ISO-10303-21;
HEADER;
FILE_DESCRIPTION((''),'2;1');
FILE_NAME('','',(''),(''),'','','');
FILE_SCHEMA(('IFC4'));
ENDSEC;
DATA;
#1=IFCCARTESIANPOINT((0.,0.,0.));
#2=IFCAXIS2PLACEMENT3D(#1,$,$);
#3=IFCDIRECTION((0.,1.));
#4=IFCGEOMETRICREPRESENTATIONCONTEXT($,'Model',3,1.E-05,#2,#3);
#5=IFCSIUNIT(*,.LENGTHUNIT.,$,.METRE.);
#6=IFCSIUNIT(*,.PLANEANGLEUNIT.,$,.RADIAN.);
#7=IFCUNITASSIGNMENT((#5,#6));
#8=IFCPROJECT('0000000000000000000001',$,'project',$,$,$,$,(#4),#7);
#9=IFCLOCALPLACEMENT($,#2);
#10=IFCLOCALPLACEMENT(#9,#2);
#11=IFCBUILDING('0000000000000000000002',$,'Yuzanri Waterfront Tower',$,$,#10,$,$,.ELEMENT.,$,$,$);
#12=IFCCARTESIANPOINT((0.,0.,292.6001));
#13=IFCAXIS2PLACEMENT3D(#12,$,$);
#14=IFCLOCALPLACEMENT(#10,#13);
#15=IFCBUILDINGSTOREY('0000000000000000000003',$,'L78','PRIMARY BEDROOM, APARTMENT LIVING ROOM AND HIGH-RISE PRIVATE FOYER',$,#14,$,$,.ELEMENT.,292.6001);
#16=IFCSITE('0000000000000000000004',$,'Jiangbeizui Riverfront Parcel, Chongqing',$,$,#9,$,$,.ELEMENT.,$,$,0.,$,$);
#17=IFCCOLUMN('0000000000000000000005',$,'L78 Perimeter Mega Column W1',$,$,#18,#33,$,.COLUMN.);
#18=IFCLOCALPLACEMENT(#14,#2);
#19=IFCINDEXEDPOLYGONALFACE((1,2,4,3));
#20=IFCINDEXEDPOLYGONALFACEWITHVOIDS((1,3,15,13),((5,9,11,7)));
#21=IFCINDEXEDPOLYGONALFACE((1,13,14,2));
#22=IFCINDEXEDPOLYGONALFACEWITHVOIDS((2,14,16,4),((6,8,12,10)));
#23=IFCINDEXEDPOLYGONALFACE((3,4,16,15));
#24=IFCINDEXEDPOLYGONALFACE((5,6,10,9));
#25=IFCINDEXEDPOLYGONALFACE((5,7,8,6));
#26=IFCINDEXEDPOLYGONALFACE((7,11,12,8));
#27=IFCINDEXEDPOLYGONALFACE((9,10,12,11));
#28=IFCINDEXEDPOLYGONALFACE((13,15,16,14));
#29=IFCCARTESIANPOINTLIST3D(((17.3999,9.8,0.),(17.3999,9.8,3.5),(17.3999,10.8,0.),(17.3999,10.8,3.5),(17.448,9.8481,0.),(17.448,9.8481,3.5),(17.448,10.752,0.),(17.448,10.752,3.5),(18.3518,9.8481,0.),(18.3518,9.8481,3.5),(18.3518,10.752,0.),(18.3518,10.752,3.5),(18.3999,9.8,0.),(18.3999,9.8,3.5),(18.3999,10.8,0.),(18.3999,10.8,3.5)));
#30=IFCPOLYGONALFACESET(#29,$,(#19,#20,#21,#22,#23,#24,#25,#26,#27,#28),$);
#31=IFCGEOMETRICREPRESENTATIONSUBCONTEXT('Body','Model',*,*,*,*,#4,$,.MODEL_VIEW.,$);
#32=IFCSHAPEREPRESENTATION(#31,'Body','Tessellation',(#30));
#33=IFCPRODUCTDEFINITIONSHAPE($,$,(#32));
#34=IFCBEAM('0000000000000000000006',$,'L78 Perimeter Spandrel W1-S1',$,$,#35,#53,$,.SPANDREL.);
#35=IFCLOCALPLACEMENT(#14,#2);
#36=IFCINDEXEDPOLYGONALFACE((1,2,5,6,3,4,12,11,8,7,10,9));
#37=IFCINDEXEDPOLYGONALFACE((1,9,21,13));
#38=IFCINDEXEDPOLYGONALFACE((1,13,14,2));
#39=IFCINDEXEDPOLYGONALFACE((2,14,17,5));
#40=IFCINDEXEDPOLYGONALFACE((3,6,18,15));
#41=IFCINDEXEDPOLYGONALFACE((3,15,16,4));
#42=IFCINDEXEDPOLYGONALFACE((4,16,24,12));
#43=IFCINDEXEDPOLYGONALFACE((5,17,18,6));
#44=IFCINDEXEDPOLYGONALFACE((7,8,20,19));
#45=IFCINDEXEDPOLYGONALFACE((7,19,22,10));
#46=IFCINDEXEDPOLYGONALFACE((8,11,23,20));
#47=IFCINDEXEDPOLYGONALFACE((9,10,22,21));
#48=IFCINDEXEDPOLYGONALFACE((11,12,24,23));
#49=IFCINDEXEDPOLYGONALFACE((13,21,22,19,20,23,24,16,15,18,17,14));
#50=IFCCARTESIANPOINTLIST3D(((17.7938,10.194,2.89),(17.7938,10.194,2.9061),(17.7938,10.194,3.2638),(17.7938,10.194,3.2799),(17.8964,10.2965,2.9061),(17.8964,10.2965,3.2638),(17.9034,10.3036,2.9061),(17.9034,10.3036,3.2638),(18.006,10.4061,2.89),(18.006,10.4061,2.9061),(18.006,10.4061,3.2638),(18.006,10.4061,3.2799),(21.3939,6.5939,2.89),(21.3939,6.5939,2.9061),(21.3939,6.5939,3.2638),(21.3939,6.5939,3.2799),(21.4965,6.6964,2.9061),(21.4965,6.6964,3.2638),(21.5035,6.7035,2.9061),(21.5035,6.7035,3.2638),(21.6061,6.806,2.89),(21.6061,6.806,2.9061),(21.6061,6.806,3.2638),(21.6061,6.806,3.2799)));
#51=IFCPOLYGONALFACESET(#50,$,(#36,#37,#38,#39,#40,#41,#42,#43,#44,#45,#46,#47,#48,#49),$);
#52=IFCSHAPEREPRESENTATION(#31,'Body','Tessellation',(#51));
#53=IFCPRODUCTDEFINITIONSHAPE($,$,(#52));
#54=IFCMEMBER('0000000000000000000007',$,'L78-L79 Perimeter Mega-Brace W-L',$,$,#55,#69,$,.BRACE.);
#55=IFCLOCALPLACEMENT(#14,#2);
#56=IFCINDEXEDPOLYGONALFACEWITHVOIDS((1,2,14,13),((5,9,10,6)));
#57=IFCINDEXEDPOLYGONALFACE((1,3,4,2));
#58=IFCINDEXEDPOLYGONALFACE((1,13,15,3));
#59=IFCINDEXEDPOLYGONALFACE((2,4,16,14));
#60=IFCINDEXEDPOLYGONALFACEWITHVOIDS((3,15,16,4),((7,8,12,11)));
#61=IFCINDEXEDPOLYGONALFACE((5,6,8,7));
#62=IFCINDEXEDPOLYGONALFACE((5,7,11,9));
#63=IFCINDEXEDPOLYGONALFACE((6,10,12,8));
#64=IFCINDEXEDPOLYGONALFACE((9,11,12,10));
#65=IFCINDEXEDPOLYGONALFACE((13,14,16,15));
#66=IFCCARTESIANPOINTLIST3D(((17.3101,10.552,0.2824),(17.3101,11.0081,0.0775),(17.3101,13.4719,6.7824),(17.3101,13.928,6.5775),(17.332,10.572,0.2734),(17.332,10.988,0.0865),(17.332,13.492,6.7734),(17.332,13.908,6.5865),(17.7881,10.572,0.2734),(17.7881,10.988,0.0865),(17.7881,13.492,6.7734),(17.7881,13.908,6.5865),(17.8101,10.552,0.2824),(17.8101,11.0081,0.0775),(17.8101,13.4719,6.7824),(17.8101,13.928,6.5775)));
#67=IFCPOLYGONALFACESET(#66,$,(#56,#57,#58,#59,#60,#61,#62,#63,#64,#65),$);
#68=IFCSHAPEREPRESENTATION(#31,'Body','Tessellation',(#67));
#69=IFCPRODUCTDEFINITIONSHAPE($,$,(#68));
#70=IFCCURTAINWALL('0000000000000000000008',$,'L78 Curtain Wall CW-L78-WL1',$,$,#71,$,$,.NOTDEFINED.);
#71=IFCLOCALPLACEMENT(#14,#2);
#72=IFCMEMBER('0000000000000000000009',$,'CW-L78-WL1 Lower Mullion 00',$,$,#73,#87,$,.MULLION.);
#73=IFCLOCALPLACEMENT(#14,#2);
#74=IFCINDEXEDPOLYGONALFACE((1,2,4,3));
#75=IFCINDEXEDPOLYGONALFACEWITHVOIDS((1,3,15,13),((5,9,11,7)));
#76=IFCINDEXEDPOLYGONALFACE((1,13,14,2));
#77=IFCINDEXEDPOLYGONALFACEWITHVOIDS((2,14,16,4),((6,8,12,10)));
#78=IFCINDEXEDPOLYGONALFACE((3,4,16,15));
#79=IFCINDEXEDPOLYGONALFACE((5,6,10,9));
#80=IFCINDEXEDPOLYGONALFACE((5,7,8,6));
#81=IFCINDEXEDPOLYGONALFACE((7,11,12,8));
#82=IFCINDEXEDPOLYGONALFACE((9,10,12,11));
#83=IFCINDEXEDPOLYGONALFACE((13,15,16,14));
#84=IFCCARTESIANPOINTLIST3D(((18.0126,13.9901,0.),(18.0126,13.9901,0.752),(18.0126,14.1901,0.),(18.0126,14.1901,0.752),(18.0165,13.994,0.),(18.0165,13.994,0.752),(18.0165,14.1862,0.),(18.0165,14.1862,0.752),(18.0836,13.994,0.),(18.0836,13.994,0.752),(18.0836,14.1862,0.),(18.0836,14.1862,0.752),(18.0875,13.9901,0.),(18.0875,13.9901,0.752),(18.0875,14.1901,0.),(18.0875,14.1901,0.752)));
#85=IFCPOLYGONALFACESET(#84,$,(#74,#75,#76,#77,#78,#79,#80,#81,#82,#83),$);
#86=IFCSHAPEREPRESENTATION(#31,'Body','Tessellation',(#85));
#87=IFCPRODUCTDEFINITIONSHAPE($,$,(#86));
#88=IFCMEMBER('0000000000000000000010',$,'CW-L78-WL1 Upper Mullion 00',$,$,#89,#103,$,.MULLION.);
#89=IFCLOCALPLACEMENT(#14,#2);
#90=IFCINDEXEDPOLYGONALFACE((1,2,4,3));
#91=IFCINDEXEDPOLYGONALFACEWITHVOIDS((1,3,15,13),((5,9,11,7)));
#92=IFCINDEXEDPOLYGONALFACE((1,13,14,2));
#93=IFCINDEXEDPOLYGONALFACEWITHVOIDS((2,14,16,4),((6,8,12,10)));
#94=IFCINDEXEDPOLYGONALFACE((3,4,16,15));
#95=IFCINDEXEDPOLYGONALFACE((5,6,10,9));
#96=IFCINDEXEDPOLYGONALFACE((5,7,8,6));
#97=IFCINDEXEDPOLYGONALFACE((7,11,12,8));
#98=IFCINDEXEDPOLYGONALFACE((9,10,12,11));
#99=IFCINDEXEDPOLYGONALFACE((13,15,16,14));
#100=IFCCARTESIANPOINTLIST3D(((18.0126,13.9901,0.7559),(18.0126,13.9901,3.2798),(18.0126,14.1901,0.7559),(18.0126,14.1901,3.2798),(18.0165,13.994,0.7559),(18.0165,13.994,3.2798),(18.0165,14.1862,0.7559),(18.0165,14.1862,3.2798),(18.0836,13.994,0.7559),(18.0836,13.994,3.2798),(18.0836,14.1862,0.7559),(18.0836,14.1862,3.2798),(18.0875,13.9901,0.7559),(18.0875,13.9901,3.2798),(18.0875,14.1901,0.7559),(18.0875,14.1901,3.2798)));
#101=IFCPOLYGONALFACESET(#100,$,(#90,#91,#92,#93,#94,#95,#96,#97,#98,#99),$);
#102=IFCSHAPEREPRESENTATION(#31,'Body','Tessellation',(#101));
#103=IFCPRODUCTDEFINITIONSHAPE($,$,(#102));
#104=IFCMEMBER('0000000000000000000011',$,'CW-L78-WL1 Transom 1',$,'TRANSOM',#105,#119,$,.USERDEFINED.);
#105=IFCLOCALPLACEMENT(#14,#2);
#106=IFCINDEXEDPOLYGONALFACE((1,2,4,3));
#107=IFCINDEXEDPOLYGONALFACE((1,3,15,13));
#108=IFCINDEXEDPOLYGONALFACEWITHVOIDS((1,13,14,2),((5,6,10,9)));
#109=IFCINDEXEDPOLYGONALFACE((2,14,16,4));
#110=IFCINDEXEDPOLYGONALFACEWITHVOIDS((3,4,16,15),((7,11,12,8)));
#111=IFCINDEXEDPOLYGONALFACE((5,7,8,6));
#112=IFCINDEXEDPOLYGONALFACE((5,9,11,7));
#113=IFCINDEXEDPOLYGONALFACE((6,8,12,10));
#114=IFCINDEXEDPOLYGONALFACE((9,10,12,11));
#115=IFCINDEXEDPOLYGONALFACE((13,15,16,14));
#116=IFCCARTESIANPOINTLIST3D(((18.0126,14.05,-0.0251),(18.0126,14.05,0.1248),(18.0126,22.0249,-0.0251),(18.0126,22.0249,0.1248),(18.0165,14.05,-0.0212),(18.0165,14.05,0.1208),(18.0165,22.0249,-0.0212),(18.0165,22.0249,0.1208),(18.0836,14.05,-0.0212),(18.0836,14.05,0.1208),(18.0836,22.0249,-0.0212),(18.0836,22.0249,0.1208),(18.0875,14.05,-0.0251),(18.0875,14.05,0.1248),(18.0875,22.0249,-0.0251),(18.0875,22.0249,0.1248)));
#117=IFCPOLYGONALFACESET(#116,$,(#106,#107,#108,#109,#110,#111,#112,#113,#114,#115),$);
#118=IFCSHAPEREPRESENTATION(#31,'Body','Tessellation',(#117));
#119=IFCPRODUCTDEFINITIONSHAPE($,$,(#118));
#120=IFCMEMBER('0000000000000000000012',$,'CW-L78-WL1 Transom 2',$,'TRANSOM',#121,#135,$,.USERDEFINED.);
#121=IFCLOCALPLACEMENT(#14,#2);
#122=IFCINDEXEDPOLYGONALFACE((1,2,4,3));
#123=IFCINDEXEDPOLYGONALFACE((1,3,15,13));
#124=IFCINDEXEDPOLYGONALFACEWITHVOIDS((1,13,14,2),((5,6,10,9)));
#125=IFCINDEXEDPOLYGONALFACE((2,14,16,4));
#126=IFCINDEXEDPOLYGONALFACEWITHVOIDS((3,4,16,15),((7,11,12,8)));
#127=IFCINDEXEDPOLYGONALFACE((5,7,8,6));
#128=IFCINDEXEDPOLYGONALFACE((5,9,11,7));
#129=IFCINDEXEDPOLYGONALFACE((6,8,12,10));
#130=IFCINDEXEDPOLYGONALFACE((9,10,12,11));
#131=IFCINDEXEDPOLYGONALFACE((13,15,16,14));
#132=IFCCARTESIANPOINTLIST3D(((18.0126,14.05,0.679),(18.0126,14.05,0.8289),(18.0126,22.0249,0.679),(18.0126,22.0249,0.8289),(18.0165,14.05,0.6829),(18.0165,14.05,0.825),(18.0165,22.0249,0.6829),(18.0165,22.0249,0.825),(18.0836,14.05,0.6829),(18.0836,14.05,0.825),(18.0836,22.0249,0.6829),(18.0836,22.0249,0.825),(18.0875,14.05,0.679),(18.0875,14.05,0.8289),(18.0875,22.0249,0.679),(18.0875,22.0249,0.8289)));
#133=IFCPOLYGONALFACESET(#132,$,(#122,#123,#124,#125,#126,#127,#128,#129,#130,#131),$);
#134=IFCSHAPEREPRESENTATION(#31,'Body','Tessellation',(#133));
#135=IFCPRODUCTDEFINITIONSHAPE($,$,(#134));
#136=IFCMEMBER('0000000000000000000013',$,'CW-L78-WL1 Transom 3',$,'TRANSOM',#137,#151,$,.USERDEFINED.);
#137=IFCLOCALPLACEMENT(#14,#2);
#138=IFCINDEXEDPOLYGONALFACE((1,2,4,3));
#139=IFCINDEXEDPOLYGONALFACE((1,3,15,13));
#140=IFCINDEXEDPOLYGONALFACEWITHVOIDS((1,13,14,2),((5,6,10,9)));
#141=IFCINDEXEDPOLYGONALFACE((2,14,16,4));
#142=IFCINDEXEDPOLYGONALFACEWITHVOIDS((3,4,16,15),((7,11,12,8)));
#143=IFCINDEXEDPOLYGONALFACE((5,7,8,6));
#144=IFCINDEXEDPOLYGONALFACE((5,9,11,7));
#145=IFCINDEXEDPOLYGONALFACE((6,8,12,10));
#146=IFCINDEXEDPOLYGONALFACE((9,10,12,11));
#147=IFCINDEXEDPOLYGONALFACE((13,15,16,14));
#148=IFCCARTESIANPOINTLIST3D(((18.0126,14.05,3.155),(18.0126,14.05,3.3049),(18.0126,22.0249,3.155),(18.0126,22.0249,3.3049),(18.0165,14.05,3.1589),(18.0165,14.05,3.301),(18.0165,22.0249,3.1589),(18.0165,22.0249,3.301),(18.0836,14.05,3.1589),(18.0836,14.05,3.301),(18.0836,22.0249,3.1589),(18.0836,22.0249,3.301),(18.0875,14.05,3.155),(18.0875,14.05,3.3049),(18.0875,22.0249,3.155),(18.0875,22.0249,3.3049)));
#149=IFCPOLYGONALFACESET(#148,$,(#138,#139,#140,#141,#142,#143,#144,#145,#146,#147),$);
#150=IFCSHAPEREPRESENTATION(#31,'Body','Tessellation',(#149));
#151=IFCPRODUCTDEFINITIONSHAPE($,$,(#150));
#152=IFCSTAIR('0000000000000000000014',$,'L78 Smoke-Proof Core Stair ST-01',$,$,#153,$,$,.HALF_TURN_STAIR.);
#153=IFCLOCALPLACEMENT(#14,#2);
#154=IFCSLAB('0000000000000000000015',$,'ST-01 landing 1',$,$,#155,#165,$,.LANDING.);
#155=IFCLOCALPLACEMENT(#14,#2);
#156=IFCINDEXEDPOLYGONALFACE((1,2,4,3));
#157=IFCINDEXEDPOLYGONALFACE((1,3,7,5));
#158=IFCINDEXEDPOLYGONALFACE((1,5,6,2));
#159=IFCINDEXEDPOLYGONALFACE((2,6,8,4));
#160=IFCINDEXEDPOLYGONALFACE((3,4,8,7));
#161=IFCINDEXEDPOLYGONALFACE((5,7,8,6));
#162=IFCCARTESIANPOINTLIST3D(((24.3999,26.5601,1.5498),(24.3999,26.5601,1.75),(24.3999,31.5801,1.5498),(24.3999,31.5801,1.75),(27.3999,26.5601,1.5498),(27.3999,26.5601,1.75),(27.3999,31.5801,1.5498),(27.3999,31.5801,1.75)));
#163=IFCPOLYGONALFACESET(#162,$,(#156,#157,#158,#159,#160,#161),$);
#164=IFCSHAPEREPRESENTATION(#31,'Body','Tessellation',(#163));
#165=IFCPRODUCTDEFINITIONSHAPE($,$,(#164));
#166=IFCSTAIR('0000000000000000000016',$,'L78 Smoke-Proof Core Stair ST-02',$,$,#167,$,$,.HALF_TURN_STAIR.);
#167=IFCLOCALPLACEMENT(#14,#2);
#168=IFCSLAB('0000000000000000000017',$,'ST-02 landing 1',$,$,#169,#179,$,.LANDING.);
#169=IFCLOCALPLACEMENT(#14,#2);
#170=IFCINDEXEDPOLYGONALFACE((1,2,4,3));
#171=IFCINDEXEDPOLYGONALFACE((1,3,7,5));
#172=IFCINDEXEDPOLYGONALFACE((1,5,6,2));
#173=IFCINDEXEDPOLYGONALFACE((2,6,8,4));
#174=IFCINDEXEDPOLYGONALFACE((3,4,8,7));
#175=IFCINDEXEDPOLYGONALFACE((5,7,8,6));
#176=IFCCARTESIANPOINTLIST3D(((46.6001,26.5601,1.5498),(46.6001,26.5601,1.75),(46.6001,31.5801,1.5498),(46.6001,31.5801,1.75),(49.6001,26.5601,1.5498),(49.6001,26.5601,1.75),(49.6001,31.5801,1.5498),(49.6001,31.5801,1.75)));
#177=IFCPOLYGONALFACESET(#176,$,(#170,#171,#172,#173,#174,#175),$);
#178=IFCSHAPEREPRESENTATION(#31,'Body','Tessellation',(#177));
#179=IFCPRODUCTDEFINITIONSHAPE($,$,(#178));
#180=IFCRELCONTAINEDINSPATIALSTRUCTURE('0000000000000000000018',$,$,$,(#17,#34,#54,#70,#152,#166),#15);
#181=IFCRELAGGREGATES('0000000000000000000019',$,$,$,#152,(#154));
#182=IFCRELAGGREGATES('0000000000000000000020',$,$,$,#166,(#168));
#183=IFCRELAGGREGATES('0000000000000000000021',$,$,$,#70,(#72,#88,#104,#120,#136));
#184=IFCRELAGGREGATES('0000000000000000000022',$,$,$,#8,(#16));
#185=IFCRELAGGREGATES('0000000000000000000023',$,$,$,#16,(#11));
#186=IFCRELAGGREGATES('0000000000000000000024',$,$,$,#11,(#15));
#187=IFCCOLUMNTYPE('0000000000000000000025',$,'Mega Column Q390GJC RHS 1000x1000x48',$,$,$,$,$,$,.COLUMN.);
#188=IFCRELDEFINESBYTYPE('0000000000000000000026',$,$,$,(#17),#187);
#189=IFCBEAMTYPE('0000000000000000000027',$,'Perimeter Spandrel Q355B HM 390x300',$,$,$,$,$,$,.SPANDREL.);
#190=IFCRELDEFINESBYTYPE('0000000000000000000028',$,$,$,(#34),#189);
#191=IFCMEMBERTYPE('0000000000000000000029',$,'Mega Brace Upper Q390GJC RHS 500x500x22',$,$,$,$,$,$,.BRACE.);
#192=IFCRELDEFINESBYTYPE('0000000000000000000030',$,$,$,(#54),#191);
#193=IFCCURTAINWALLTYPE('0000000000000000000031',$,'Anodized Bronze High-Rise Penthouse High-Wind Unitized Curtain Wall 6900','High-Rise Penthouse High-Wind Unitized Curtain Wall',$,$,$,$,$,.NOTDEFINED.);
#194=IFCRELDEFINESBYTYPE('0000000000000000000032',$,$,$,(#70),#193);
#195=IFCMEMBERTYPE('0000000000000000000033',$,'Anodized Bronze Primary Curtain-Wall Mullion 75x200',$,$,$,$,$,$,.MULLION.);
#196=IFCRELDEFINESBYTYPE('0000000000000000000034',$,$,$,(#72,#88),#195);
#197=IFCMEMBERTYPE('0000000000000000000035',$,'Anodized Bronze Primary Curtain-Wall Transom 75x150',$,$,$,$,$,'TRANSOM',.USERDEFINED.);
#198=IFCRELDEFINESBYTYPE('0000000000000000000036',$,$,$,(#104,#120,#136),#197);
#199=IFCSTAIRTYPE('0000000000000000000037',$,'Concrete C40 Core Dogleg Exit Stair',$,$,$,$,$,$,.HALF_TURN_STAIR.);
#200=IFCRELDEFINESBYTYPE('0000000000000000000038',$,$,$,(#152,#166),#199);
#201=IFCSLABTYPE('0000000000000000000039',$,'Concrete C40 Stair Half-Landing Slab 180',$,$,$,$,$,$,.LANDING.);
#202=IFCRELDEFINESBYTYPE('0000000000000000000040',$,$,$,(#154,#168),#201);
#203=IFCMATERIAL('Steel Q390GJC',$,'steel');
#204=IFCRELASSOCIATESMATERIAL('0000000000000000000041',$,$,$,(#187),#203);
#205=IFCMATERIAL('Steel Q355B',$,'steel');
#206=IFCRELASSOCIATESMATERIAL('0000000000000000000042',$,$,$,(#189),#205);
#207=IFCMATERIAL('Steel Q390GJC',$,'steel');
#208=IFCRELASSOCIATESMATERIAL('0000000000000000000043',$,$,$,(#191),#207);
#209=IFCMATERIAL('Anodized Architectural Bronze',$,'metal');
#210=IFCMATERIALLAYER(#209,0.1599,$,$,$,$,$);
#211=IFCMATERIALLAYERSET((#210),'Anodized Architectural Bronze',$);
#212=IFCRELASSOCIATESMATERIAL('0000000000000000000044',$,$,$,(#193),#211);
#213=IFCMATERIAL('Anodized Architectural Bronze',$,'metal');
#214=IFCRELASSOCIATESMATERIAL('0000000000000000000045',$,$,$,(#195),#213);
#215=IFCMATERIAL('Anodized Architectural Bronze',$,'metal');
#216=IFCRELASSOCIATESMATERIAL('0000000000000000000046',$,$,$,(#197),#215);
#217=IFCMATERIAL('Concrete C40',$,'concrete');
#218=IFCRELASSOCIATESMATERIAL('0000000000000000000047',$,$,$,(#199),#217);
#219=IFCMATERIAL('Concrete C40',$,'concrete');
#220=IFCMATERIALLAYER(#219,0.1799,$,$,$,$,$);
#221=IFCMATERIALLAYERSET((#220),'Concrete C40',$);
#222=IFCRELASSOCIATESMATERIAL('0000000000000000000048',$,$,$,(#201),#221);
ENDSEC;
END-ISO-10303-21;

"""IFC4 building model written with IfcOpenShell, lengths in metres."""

from ifc_helpers import new_model, si_unit, direction, frame, origin, origin_2d, place, context, subcontext, project, spatial, polyline, hollow_rectangle, i_section, outline, extrude, source, transform, mapped, material, layer, layer_set, material_profile, profile_set, type_object, element, aggregate, save


model = new_model("IFC4")

# Units and contexts
model_context = context("Model", 3, precision=1e-05, world=origin(), true_north=direction((0.0, 1.0)))
body_context = subcontext(model_context, "Body", "Model", "MODEL_VIEW")
ifc_project = project(units=[si_unit("LENGTHUNIT", "METRE"), si_unit("PLANEANGLEUNIT", "RADIAN")], contexts=[model_context])

# Site, building, storey
site_placement = place(None, origin())
site = spatial("IfcSite", under=ifc_project, at=site_placement, Name="Jiangbeizui Riverfront Parcel, Chongqing", CompositionType="ELEMENT", RefElevation=0.0)
building_placement = place(site_placement, origin())
building = spatial("IfcBuilding", under=site, at=building_placement, Name="Yuzanri Waterfront Tower", CompositionType="ELEMENT")
storey_placement = place(building_placement, frame((0.0, 0.0, 292.6001)))
storey = spatial("IfcBuildingStorey", under=building, at=storey_placement, Name="L78", Description="PRIMARY BEDROOM, APARTMENT LIVING ROOM AND HIGH-RISE PRIVATE FOYER", CompositionType="ELEMENT", Elevation=292.6001)

# Column
ifc_material_1 = material(Name="Steel Q390GJC", Category="steel")
ifc_material_profile_1 = material_profile(ifc_material_1, hollow_rectangle(XDim=1.0, YDim=1.0, WallThickness=0.0481, at=origin_2d()), Name="RHS 1000x1000x48")
ifc_profile_set_1 = profile_set([ifc_material_profile_1], Name="Steel Q390GJC")
column_type = type_object("IfcColumnType", Name="Mega Column Q390GJC RHS 1000x1000x48", PredefinedType="COLUMN", material=ifc_profile_set_1)
shared_shape_1 = source(origin(), body_context, "Body", "SweptSolid", [
    extrude(hollow_rectangle(XDim=1.0, YDim=1.0, WallThickness=0.0481, at=origin_2d()), origin(), (0.0, 0.0, 1.0), 3.5),
])
column_placement = place(storey_placement, frame((17.8999, 10.3, 0.0), z_axis=(0.0, 0.0, 1.0), x_axis=(1.0, 0.0, 0.0)))
element("IfcColumn", 1, at=column_placement, inside=storey, type_object=column_type, Name="L78 Perimeter Mega Column W1", PredefinedType="COLUMN", context=body_context, shape_type="MappedRepresentation", body=[
    mapped(shared_shape_1, transform((0.0, 0.0, 0.0), scale=1.0)),
])

# Beam
ifc_material_2 = material(Name="Steel Q355B", Category="steel")
ifc_material_profile_2 = material_profile(ifc_material_2, i_section(OverallWidth=0.3, OverallDepth=0.3899, WebThickness=0.01, FlangeThickness=0.0161, at=origin_2d()), Name="HM 390x300x10x16")
ifc_profile_set_2 = profile_set([ifc_material_profile_2], Name="Steel Q355B")
beam_type = type_object("IfcBeamType", Name="Perimeter Spandrel Q355B HM 390x300", PredefinedType="SPANDREL", material=ifc_profile_set_2)
shared_shape_2 = source(origin(), body_context, "Body", "SweptSolid", [
    extrude(i_section(OverallWidth=0.3, OverallDepth=0.3899, WebThickness=0.01, FlangeThickness=0.0161, at=origin_2d()), origin(), (0.0, 0.0, 1.0), 5.0913),
])
beam_placement = place(storey_placement, frame((17.8999, 10.3, 3.085), z_axis=(0.707107, -0.707107, 0.0), x_axis=(0.707107, 0.707107, 0.0)))
element("IfcBeam", 2, at=beam_placement, inside=storey, type_object=beam_type, Name="L78 Perimeter Spandrel W1-S1", PredefinedType="SPANDREL", context=body_context, shape_type="MappedRepresentation", body=[
    mapped(shared_shape_2, transform((0.0, 0.0, 0.0), scale=1.0)),
])

# Member
ifc_material_3 = material(Name="Steel Q390GJC", Category="steel")
ifc_material_profile_3 = material_profile(ifc_material_3, hollow_rectangle(XDim=0.5, YDim=0.5, WallThickness=0.022, at=origin_2d()), Name="RHS 500x500x22")
ifc_profile_set_3 = profile_set([ifc_material_profile_3], Name="Steel Q390GJC")
member_type_1 = type_object("IfcMemberType", Name="Mega Brace Upper Q390GJC RHS 500x500x22", PredefinedType="BRACE", material=ifc_profile_set_3)
shared_shape_3 = source(origin(), body_context, "Body", "SweptSolid", [
    extrude(hollow_rectangle(XDim=0.5, YDim=0.5, WallThickness=0.022, at=origin_2d()), origin(), (0.0, 0.0, 1.0), 7.1257),
])
member_1_placement = place(storey_placement, frame((17.5601, 10.78, 0.1799), z_axis=(0.0, 0.409772, 0.912188), x_axis=(-1.0, 0.0, 0.0)))
element("IfcMember", 3, at=member_1_placement, inside=storey, type_object=member_type_1, Name="L78-L79 Perimeter Mega-Brace W-L", PredefinedType="BRACE", context=body_context, shape_type="MappedRepresentation", body=[
    mapped(shared_shape_3, transform((0.0, 0.0, 0.0), scale=1.0)),
])

# Curtain wall, members
ifc_material_4 = material(Name="Anodized Architectural Bronze", Category="metal")
ifc_layer_1 = layer(ifc_material_4, 0.1599)
ifc_layer_set_1 = layer_set([ifc_layer_1], Name="Anodized Architectural Bronze")
curtain_wall_type = type_object("IfcCurtainWallType", Name="Anodized Bronze High-Rise Penthouse High-Wind Unitized Curtain Wall 6900", Description="High-Rise Penthouse High-Wind Unitized Curtain Wall", PredefinedType="NOTDEFINED", material=ifc_layer_set_1)
curtain_wall_placement = place(storey_placement, origin())
curtain_wall = element("IfcCurtainWall", 4, at=curtain_wall_placement, inside=storey, type_object=curtain_wall_type, Name="L78 Curtain Wall CW-L78-WL1", PredefinedType="NOTDEFINED")
ifc_material_5 = material(Name="Anodized Architectural Bronze", Category="metal")
ifc_material_profile_4 = material_profile(ifc_material_5, hollow_rectangle(XDim=0.075, YDim=0.2, WallThickness=0.0039, at=origin_2d()), Name="CWM 75x200")
ifc_profile_set_4 = profile_set([ifc_material_profile_4], Name="Anodized Architectural Bronze")
member_type_2 = type_object("IfcMemberType", Name="Anodized Bronze Primary Curtain-Wall Mullion 75x200", PredefinedType="MULLION", material=ifc_profile_set_4)
shared_shape_4 = source(origin(), body_context, "Body", "SweptSolid", [
    extrude(hollow_rectangle(XDim=0.075, YDim=0.2, WallThickness=0.0039, at=origin_2d()), origin(), (0.0, 0.0, 1.0), 0.752),
])
member_2_placement = place(storey_placement, frame((18.05, 14.0901, 0.0), z_axis=(0.0, 0.0, 1.0), x_axis=(1.0, 0.0, 0.0)))
member_2 = element("IfcMember", 5, at=member_2_placement, type_object=member_type_2, Name="CW-L78-WL1 Lower Mullion 00", PredefinedType="MULLION", context=body_context, shape_type="MappedRepresentation", body=[
    mapped(shared_shape_4, transform((0.0, 0.0, 0.0), scale=1.0)),
])
shared_shape_5 = source(origin(), body_context, "Body", "SweptSolid", [
    extrude(hollow_rectangle(XDim=0.075, YDim=0.2, WallThickness=0.0039, at=origin_2d()), origin(), (0.0, 0.0, 1.0), 2.5239),
])
member_3_placement = place(storey_placement, frame((18.05, 14.0901, 0.7559), z_axis=(0.0, 0.0, 1.0), x_axis=(1.0, 0.0, 0.0)))
member_3 = element("IfcMember", 6, at=member_3_placement, type_object=member_type_2, Name="CW-L78-WL1 Upper Mullion 00", PredefinedType="MULLION", context=body_context, shape_type="MappedRepresentation", body=[
    mapped(shared_shape_5, transform((0.0, 0.0, 0.0), scale=1.0)),
])
ifc_material_6 = material(Name="Anodized Architectural Bronze", Category="metal")
ifc_material_profile_5 = material_profile(ifc_material_6, hollow_rectangle(XDim=0.075, YDim=0.1499, WallThickness=0.0039, at=origin_2d()), Name="CWT 75x150")
ifc_profile_set_5 = profile_set([ifc_material_profile_5], Name="Anodized Architectural Bronze")
member_type_3 = type_object("IfcMemberType", Name="Anodized Bronze Primary Curtain-Wall Transom 75x150", ElementType="TRANSOM", PredefinedType="USERDEFINED", material=ifc_profile_set_5)
shared_shape_6 = source(origin(), body_context, "Body", "SweptSolid", [
    extrude(hollow_rectangle(XDim=0.075, YDim=0.1499, WallThickness=0.0039, at=origin_2d()), origin(), (0.0, 0.0, 1.0), 7.9749),
])
member_4_placement = place(storey_placement, frame((18.05, 14.05, 0.0498), z_axis=(0.0, 1.0, 0.0), x_axis=(-1.0, 0.0, 0.0)))
member_4 = element("IfcMember", 7, at=member_4_placement, type_object=member_type_3, Name="CW-L78-WL1 Transom 1", ObjectType="TRANSOM", PredefinedType="USERDEFINED", context=body_context, shape_type="MappedRepresentation", body=[
    mapped(shared_shape_6, transform((0.0, 0.0, 0.0), scale=1.0)),
])
member_5_placement = place(storey_placement, frame((18.05, 14.05, 0.7539), z_axis=(0.0, 1.0, 0.0), x_axis=(-1.0, 0.0, 0.0)))
member_5 = element("IfcMember", 8, at=member_5_placement, type_object=member_type_3, Name="CW-L78-WL1 Transom 2", ObjectType="TRANSOM", PredefinedType="USERDEFINED", context=body_context, shape_type="MappedRepresentation", body=[
    mapped(shared_shape_6, transform((0.0, 0.0, 0.0), scale=1.0)),
])
member_6_placement = place(storey_placement, frame((18.05, 14.05, 3.23), z_axis=(0.0, 1.0, 0.0), x_axis=(-1.0, 0.0, 0.0)))
member_6 = element("IfcMember", 9, at=member_6_placement, type_object=member_type_3, Name="CW-L78-WL1 Transom 3", ObjectType="TRANSOM", PredefinedType="USERDEFINED", context=body_context, shape_type="MappedRepresentation", body=[
    mapped(shared_shape_6, transform((0.0, 0.0, 0.0), scale=1.0)),
])

# Stairs, slabs
ifc_material_7 = material(Name="Concrete C40", Category="concrete")
stair_type = type_object("IfcStairType", Name="Concrete C40 Core Dogleg Exit Stair", PredefinedType="HALF_TURN_STAIR", material=ifc_material_7)
stair_1_placement = place(storey_placement, origin())
stair_1 = element("IfcStair", 10, at=stair_1_placement, inside=storey, type_object=stair_type, Name="L78 Smoke-Proof Core Stair ST-01", PredefinedType="HALF_TURN_STAIR")
ifc_material_8 = material(Name="Concrete C40", Category="concrete")
ifc_layer_2 = layer(ifc_material_8, 0.1799)
ifc_layer_set_2 = layer_set([ifc_layer_2], Name="Concrete C40")
slab_type_1 = type_object("IfcSlabType", Name="Concrete C40 Stair Half-Landing Slab 180", PredefinedType="LANDING", material=ifc_layer_set_2)
slab_1_placement = place(storey_placement, frame((0.0, 0.0, 1.5498)))
slab_1 = element("IfcSlab", 11, at=slab_1_placement, type_object=slab_type_1, Name="ST-01 landing 1", PredefinedType="LANDING", context=body_context, shape_type="SweptSolid", body=[
    extrude(outline(polyline([(27.3999, 26.5601), (27.3999, 31.5801), (24.3999, 31.5801), (24.3999, 26.5601), (27.3999, 26.5601)])), origin(), (0.0, 0.0, 1.0), 0.2002),
])
aggregate(stair_1, [slab_1])
stair_2_placement = place(storey_placement, origin())
stair_2 = element("IfcStair", 12, at=stair_2_placement, inside=storey, type_object=stair_type, Name="L78 Smoke-Proof Core Stair ST-02", PredefinedType="HALF_TURN_STAIR")
slab_2_placement = place(storey_placement, frame((0.0, 0.0, 1.5498)))
slab_2 = element("IfcSlab", 13, at=slab_2_placement, type_object=slab_type_1, Name="ST-02 landing 1", PredefinedType="LANDING", context=body_context, shape_type="SweptSolid", body=[
    extrude(outline(polyline([(49.6001, 26.5601), (49.6001, 31.5801), (46.6001, 31.5801), (46.6001, 26.5601), (49.6001, 26.5601)])), origin(), (0.0, 0.0, 1.0), 0.2002),
])
aggregate(stair_2, [slab_2])

aggregate(curtain_wall, [member_2, member_3, member_4, member_5, member_6])

save(model, "model.ifc")
